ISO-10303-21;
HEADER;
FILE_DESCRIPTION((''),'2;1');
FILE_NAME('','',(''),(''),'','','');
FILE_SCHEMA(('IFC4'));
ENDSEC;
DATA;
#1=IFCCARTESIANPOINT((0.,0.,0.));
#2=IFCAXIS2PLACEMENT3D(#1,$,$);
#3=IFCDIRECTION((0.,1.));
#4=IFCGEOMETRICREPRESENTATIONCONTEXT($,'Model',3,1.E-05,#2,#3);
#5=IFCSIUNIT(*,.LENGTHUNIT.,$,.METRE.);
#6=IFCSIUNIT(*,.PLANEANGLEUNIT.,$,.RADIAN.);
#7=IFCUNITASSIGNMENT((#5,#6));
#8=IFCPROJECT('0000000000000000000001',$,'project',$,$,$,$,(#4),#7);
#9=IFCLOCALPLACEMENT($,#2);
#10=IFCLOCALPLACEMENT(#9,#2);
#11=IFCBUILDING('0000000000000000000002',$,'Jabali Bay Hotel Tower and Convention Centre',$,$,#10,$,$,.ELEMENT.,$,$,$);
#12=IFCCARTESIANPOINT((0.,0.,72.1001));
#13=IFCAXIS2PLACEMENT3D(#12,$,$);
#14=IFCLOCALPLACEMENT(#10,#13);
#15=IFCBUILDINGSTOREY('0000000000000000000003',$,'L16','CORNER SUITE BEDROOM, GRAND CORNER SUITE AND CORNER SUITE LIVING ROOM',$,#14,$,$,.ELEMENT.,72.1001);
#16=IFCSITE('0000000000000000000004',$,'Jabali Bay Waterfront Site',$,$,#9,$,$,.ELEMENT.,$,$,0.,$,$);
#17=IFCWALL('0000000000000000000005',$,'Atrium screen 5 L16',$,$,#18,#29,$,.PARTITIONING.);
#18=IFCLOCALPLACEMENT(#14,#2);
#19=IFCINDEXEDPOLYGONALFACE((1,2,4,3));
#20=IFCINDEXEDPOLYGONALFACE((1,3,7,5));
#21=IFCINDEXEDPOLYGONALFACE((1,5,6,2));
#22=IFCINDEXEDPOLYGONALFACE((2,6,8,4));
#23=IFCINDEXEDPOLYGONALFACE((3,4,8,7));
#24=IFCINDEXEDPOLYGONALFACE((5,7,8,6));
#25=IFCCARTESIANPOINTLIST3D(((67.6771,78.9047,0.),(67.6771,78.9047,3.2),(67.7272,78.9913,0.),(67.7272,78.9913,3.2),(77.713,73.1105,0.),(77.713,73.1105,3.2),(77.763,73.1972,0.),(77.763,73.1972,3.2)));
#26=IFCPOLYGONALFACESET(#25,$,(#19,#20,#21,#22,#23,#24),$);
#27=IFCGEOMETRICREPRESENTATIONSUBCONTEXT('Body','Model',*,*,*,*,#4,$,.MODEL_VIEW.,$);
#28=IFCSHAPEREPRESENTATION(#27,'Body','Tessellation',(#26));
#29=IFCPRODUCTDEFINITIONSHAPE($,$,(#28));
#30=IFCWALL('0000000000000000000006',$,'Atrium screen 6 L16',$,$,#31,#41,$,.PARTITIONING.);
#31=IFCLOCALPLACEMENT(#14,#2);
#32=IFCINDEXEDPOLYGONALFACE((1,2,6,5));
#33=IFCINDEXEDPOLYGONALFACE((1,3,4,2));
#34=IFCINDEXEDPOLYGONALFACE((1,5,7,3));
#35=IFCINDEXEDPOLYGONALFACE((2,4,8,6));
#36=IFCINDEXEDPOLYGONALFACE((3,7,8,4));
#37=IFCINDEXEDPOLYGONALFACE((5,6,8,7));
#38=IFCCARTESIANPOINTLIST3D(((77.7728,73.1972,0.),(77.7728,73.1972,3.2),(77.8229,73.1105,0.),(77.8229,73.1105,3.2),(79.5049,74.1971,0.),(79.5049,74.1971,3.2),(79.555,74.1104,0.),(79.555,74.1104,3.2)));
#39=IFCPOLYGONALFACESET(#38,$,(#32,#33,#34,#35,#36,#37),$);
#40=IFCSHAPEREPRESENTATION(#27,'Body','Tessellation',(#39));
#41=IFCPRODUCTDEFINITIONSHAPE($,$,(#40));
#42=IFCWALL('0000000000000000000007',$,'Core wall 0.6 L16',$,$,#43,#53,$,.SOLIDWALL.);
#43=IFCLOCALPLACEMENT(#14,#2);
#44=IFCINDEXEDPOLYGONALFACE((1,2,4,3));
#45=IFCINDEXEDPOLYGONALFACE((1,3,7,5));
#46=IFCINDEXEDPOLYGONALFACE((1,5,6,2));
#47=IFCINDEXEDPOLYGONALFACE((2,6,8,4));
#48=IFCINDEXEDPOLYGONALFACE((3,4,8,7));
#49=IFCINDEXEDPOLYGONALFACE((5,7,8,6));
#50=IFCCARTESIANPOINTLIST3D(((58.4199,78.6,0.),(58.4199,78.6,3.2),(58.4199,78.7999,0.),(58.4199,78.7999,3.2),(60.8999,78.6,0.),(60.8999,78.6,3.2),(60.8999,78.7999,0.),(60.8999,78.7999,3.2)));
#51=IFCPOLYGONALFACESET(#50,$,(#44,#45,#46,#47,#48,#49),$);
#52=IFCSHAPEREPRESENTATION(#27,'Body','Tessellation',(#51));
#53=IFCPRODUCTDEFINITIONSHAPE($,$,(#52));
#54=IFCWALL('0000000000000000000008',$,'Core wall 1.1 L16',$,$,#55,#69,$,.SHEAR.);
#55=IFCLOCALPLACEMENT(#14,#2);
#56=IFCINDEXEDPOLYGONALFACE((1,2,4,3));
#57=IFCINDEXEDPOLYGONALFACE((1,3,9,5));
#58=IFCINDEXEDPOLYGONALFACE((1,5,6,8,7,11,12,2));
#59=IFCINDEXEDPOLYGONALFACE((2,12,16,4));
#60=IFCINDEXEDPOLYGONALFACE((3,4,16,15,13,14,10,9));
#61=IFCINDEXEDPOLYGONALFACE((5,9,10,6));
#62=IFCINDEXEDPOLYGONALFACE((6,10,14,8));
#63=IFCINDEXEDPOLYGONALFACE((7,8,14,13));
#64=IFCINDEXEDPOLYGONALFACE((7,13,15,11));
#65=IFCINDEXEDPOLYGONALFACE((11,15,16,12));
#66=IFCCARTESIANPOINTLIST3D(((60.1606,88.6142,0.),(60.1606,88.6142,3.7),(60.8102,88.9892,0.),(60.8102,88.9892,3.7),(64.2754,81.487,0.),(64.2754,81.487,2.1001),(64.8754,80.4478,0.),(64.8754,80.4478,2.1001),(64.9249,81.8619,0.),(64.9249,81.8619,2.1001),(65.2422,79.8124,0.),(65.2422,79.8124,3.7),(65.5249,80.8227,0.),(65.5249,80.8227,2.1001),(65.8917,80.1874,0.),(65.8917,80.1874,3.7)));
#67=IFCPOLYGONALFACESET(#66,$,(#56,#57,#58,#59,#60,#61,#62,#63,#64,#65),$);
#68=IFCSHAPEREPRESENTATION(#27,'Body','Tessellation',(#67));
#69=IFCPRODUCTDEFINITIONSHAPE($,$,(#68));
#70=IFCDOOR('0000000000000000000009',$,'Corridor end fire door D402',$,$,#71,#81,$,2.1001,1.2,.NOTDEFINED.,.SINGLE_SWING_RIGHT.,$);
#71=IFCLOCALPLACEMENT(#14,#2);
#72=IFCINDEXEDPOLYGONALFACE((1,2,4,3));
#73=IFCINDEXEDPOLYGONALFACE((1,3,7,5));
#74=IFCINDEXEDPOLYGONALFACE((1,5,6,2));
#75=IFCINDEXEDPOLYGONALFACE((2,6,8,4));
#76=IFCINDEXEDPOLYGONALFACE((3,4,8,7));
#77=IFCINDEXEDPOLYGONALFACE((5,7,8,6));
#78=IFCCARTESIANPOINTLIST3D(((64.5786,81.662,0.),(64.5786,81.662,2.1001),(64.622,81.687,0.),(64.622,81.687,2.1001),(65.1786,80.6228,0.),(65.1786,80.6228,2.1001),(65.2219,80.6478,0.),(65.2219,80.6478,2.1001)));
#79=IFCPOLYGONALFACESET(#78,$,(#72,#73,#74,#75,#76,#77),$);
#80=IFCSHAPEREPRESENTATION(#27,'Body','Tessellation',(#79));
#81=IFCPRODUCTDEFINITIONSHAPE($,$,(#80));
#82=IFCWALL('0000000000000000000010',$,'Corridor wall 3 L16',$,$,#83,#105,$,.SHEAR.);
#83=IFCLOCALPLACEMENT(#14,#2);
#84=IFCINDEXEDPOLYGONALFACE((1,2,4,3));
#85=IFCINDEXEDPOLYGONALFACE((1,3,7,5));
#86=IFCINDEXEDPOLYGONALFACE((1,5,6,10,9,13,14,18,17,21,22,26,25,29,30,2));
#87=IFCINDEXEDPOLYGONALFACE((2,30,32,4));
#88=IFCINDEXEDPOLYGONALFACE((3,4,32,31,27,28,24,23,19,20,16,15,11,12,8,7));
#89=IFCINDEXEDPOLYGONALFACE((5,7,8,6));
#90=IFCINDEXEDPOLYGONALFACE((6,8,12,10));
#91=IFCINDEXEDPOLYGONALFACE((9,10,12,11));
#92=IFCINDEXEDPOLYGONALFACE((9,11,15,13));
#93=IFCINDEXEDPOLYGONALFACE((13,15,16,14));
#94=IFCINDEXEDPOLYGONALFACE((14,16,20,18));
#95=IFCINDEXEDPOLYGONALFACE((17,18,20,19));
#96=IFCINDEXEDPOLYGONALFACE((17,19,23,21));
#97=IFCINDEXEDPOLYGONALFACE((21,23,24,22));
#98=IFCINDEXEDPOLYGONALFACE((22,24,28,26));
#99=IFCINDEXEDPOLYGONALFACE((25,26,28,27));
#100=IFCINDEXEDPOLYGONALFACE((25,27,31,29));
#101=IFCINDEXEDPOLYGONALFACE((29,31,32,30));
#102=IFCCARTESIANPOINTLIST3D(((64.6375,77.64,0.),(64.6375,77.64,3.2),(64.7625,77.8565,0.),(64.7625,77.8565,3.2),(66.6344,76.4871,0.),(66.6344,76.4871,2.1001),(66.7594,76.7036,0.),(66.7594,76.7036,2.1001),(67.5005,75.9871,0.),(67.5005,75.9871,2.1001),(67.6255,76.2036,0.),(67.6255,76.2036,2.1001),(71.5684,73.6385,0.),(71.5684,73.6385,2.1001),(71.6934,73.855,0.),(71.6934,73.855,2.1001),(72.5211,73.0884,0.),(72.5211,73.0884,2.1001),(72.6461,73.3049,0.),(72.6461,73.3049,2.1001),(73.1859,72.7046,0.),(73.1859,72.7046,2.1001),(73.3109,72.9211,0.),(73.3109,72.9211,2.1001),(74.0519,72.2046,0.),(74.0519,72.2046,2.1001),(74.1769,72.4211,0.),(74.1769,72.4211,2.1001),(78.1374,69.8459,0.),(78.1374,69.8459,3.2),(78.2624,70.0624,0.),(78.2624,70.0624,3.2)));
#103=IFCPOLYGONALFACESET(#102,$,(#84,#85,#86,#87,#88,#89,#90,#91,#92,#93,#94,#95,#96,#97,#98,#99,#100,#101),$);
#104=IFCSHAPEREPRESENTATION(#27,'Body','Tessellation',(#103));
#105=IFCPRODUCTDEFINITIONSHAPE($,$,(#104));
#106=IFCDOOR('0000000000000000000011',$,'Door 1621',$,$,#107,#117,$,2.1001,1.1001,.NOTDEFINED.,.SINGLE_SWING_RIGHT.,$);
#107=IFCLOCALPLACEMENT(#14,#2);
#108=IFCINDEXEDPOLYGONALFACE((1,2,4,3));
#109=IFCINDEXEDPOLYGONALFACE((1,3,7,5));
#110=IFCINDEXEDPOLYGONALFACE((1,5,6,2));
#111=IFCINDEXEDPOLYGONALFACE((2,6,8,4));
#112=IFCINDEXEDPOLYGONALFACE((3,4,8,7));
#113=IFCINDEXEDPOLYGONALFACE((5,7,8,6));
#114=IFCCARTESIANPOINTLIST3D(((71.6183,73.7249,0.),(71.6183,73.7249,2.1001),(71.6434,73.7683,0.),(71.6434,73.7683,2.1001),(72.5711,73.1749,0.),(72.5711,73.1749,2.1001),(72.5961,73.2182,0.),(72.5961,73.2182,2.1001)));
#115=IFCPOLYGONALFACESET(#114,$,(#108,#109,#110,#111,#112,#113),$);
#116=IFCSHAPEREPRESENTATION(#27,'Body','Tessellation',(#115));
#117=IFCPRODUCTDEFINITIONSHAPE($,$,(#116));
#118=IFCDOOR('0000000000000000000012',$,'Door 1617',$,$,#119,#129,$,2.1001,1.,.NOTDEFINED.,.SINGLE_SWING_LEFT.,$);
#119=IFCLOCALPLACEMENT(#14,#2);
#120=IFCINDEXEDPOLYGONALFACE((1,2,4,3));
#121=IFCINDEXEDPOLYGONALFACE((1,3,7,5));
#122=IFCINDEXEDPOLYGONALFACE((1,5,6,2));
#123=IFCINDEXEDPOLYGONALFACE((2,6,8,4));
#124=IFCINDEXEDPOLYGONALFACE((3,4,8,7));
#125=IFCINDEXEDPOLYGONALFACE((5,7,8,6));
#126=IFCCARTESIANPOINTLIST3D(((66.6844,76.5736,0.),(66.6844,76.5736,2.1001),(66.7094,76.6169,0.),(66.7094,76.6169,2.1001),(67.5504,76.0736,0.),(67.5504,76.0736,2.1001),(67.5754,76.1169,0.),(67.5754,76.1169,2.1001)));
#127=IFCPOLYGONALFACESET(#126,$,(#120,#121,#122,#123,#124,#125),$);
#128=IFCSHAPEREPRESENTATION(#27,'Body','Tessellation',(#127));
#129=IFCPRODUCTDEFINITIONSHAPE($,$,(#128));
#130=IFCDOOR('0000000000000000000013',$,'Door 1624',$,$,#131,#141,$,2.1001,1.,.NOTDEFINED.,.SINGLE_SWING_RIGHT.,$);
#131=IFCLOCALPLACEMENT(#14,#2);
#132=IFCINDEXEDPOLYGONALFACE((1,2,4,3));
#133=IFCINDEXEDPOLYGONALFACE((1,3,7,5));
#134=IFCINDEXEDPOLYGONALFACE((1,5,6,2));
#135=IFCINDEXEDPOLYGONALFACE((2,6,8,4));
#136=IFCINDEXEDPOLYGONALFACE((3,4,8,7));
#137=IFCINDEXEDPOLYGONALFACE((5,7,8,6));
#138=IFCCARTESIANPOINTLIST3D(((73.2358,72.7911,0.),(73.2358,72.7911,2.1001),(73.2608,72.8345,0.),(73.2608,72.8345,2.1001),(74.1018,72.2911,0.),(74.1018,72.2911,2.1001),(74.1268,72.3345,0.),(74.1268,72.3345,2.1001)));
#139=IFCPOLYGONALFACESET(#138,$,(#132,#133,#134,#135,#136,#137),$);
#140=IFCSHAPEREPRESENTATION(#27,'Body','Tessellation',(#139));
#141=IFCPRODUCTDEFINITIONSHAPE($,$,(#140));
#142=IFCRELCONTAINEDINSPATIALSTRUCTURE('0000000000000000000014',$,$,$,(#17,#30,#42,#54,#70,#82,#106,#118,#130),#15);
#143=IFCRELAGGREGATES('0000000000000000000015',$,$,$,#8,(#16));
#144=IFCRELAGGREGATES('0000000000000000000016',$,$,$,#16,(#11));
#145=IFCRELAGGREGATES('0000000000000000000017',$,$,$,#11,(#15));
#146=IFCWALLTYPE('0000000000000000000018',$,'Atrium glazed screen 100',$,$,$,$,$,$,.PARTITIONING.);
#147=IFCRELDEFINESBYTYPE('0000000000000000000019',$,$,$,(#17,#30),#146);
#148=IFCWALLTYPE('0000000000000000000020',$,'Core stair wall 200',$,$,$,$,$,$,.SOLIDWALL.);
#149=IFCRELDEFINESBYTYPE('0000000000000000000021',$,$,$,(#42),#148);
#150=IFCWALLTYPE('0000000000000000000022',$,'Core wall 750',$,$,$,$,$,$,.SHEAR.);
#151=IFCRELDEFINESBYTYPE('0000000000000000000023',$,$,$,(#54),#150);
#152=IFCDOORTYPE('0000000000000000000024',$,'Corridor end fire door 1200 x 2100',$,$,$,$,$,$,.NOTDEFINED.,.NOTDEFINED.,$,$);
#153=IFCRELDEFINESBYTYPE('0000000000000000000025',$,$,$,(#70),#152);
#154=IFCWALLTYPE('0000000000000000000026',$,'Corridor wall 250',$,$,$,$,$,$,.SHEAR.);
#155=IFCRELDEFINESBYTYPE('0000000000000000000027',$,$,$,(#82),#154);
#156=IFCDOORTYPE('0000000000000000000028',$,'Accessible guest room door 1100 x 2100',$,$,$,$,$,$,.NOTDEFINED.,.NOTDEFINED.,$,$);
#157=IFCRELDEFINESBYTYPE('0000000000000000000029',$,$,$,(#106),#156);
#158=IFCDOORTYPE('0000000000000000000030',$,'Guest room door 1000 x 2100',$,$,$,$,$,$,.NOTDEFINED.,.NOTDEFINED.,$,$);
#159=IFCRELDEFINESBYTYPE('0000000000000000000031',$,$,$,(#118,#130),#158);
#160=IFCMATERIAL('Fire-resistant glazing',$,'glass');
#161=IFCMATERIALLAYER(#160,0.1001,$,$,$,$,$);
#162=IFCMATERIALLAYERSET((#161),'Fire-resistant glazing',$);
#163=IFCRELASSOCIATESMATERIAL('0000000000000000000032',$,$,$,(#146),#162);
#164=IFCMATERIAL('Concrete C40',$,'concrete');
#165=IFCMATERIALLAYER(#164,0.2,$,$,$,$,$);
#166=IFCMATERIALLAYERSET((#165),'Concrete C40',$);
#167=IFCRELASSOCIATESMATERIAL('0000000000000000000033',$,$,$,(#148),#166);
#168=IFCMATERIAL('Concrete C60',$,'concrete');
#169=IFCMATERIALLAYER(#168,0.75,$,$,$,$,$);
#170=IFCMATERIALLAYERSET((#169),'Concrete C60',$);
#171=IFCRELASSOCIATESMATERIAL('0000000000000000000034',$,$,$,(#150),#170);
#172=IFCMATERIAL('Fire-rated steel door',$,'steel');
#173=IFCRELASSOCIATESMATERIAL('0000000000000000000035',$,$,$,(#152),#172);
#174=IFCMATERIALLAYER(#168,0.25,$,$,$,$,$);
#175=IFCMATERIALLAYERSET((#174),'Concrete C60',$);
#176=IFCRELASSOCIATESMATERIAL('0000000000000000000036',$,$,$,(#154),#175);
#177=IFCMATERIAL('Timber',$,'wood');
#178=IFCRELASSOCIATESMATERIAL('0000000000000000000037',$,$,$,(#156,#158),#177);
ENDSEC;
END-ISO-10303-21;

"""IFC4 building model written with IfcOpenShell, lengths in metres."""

from ifc_helpers import new_model, si_unit, direction, frame, frame_2d, origin, place, context, subcontext, project, spatial, rectangle, extrude, material, layer, layer_set, type_object, element, fill, save


model = new_model("IFC4")

# Units and contexts
model_context = context("Model", 3, precision=1e-05, world=origin(), true_north=direction((0.0, 1.0)))
body_context = subcontext(model_context, "Body", "Model", "MODEL_VIEW")
ifc_project = project(units=[si_unit("LENGTHUNIT", "METRE"), si_unit("PLANEANGLEUNIT", "RADIAN")], contexts=[model_context])

# Site, building, storey
site_placement = place(None, origin())
site = spatial("IfcSite", under=ifc_project, at=site_placement, Name="Jabali Bay Waterfront Site", CompositionType="ELEMENT", RefElevation=0.0)
building_placement = place(site_placement, origin())
building = spatial("IfcBuilding", under=site, at=building_placement, Name="Jabali Bay Hotel Tower and Convention Centre", CompositionType="ELEMENT")
storey_placement = place(building_placement, frame((0.0, 0.0, 72.1001)))
storey = spatial("IfcBuildingStorey", under=building, at=storey_placement, Name="L16", Description="CORNER SUITE BEDROOM, GRAND CORNER SUITE AND CORNER SUITE LIVING ROOM", CompositionType="ELEMENT", Elevation=72.1001)

# Walls
ifc_material_1 = material(Name="Fire-resistant glazing", Category="glass")
ifc_layer_1 = layer(ifc_material_1, 0.1001)
ifc_layer_set_1 = layer_set([ifc_layer_1], Name="Fire-resistant glazing")
wall_type_1 = type_object("IfcWallType", Name="Atrium glazed screen 100", PredefinedType="PARTITIONING", material=ifc_layer_set_1)
wall_1_placement = place(storey_placement, frame((67.7021, 78.948, 0.0), z_axis=(0.0, 0.0, 1.0), x_axis=(0.866027, -0.499998, 0.0)))
element("IfcWall", 1, at=wall_1_placement, inside=storey, type_object=wall_type_1, Name="Atrium screen 5 L16", PredefinedType="PARTITIONING", context=body_context, shape_type="SweptSolid", body=[
    extrude(rectangle(XDim=11.5884, YDim=0.1001, at=frame_2d((5.7942, 0.0))), origin(), (0.0, 0.0, 1.0), 3.2),
])
wall_2_placement = place(storey_placement, frame((77.7979, 73.1538, 0.0), z_axis=(0.0, 0.0, 1.0), x_axis=(0.866041, 0.499973, 0.0)))
element("IfcWall", 2, at=wall_2_placement, inside=storey, type_object=wall_type_1, Name="Atrium screen 6 L16", PredefinedType="PARTITIONING", context=body_context, shape_type="SweptSolid", body=[
    extrude(rectangle(XDim=2.0, YDim=0.1001, at=frame_2d((1.0, 0.0))), origin(), (0.0, 0.0, 1.0), 3.2),
])
ifc_material_2 = material(Name="Concrete C40", Category="concrete")
ifc_layer_2 = layer(ifc_material_2, 0.2)
ifc_layer_set_2 = layer_set([ifc_layer_2], Name="Concrete C40")
wall_type_2 = type_object("IfcWallType", Name="Core stair wall 200", PredefinedType="SOLIDWALL", material=ifc_layer_set_2)
wall_3_placement = place(storey_placement, frame((60.8999, 78.7, 0.0), z_axis=(0.0, 0.0, 1.0), x_axis=(-1.0, 0.0, 0.0)))
element("IfcWall", 3, at=wall_3_placement, inside=storey, type_object=wall_type_2, Name="Core wall 0.6 L16", PredefinedType="SOLIDWALL", context=body_context, shape_type="SweptSolid", body=[
    extrude(rectangle(XDim=2.48, YDim=0.2, at=frame_2d((1.24, 0.0))), origin(), (0.0, 0.0, 1.0), 3.2),
])

# Wall, opening, door
ifc_material_3 = material(Name="Concrete C60", Category="concrete")
ifc_layer_3 = layer(ifc_material_3, 0.75)
ifc_layer_set_3 = layer_set([ifc_layer_3], Name="Concrete C60")
wall_type_3 = type_object("IfcWallType", Name="Core wall 750", PredefinedType="SHEAR", material=ifc_layer_set_3)
wall_4_placement = place(storey_placement, frame((65.5669, 80.0, 0.0), z_axis=(0.0, 0.0, 1.0), x_axis=(-0.499989, 0.866032, 0.0)))
wall_4 = element("IfcWall", 4, at=wall_4_placement, inside=storey, type_object=wall_type_3, Name="Core wall 1.1 L16", PredefinedType="SHEAR", context=body_context, shape_type="SweptSolid", body=[
    extrude(rectangle(XDim=10.1633, YDim=0.75, at=frame_2d((5.0815, 0.0))), origin(), (0.0, 0.0, 1.0), 3.7),
])
opening_1_placement = place(wall_4_placement, frame((0.7334, 0.0, 0.0)))
opening_1 = element("IfcOpeningElement", 5, at=opening_1_placement, cuts=wall_4, PredefinedType="OPENING", context=body_context, shape_type="SweptSolid", body=[
    extrude(rectangle(XDim=1.2, YDim=2.1001, at=frame_2d((0.6001, 1.05))), frame((0.0, 0.3855, 0.0), z_axis=(0.0, -1.0, 0.0), x_axis=(1.0, 0.0, 0.0)), (0.0, 0.0, 1.0), 0.771),
])
ifc_material_4 = material(Name="Fire-rated steel door", Category="steel")
door_type_1 = type_object("IfcDoorType", Name="Corridor end fire door 1200 x 2100", OperationType="NOTDEFINED", PredefinedType="NOTDEFINED", material=ifc_material_4)
door_1_placement = place(opening_1_placement, origin())
door_1 = element("IfcDoor", 6, at=door_1_placement, inside=storey, type_object=door_type_1, Name="Corridor end fire door D402", OperationType="SINGLE_SWING_RIGHT", OverallHeight=2.1001, OverallWidth=1.2, PredefinedType="NOTDEFINED", context=body_context, shape_type="SweptSolid", body=[
    extrude(rectangle(XDim=1.2, YDim=2.1001, at=frame_2d((0.6001, 1.05))), frame((0.0, 0.0249, 0.0), z_axis=(0.0, -1.0, 0.0), x_axis=(1.0, 0.0, 0.0)), (0.0, 0.0, 1.0), 0.05),
])
fill(opening_1, door_1)

# Wall, openings, doors
ifc_layer_4 = layer(ifc_material_3, 0.25)
ifc_layer_set_4 = layer_set([ifc_layer_4], Name="Concrete C60")
wall_type_4 = type_object("IfcWallType", Name="Corridor wall 250", PredefinedType="SHEAR", material=ifc_layer_set_4)
wall_5_placement = place(storey_placement, frame((64.7, 77.7483, 0.0), z_axis=(0.0, 0.0, 1.0), x_axis=(0.866026, -0.499998, 0.0)))
wall_5 = element("IfcWall", 7, at=wall_5_placement, inside=storey, type_object=wall_type_4, Name="Corridor wall 3 L16", PredefinedType="SHEAR", context=body_context, shape_type="SweptSolid", body=[
    extrude(rectangle(XDim=15.5884, YDim=0.25, at=frame_2d((7.7942, 0.0))), origin(), (0.0, 0.0, 1.0), 3.2),
])
opening_2_placement = place(wall_5_placement, frame((2.3059, 0.0, 0.0)))
opening_2 = element("IfcOpeningElement", 8, at=opening_2_placement, cuts=wall_5, PredefinedType="OPENING", context=body_context, shape_type="SweptSolid", body=[
    extrude(rectangle(XDim=1.0, YDim=2.1001, at=frame_2d((0.5, 1.05))), frame((0.0, 0.1355, 0.0), z_axis=(0.0, -1.0, 0.0), x_axis=(1.0, 0.0, 0.0)), (0.0, 0.0, 1.0), 0.271),
])
opening_3_placement = place(wall_5_placement, frame((8.0032, 0.0, 0.0)))
opening_3 = element("IfcOpeningElement", 9, at=opening_3_placement, cuts=wall_5, PredefinedType="OPENING", context=body_context, shape_type="SweptSolid", body=[
    extrude(rectangle(XDim=1.1001, YDim=2.1001, at=frame_2d((0.55, 1.05))), frame((0.0, 0.1355, 0.0), z_axis=(0.0, -1.0, 0.0), x_axis=(1.0, 0.0, 0.0)), (0.0, 0.0, 1.0), 0.271),
])
opening_4_placement = place(wall_5_placement, frame((9.8708, 0.0, 0.0)))
opening_4 = element("IfcOpeningElement", 10, at=opening_4_placement, cuts=wall_5, PredefinedType="OPENING", context=body_context, shape_type="SweptSolid", body=[
    extrude(rectangle(XDim=1.0, YDim=2.1001, at=frame_2d((0.5, 1.05))), frame((0.0, 0.1355, 0.0), z_axis=(0.0, -1.0, 0.0), x_axis=(1.0, 0.0, 0.0)), (0.0, 0.0, 1.0), 0.271),
])
ifc_material_5 = material(Name="Timber", Category="wood")
door_type_2 = type_object("IfcDoorType", Name="Accessible guest room door 1100 x 2100", OperationType="NOTDEFINED", PredefinedType="NOTDEFINED", material=ifc_material_5)
door_2_placement = place(opening_3_placement, origin())
door_2 = element("IfcDoor", 11, at=door_2_placement, inside=storey, type_object=door_type_2, Name="Door 1621", OperationType="SINGLE_SWING_RIGHT", OverallHeight=2.1001, OverallWidth=1.1001, PredefinedType="NOTDEFINED", context=body_context, shape_type="SweptSolid", body=[
    extrude(rectangle(XDim=1.1001, YDim=2.1001, at=frame_2d((0.55, 1.05))), frame((0.0, 0.0249, 0.0), z_axis=(0.0, -1.0, 0.0), x_axis=(1.0, 0.0, 0.0)), (0.0, 0.0, 1.0), 0.05),
])
fill(opening_3, door_2)
door_type_3 = type_object("IfcDoorType", Name="Guest room door 1000 x 2100", OperationType="NOTDEFINED", PredefinedType="NOTDEFINED", material=ifc_material_5)
door_3_placement = place(opening_2_placement, origin())
door_3 = element("IfcDoor", 12, at=door_3_placement, inside=storey, type_object=door_type_3, Name="Door 1617", OperationType="SINGLE_SWING_LEFT", OverallHeight=2.1001, OverallWidth=1.0, PredefinedType="NOTDEFINED", context=body_context, shape_type="SweptSolid", body=[
    extrude(rectangle(XDim=1.0, YDim=2.1001, at=frame_2d((0.5, 1.05))), frame((0.0, 0.0249, 0.0), z_axis=(0.0, -1.0, 0.0), x_axis=(1.0, 0.0, 0.0)), (0.0, 0.0, 1.0), 0.05),
])
fill(opening_2, door_3)
door_4_placement = place(opening_4_placement, origin())
door_4 = element("IfcDoor", 13, at=door_4_placement, inside=storey, type_object=door_type_3, Name="Door 1624", OperationType="SINGLE_SWING_RIGHT", OverallHeight=2.1001, OverallWidth=1.0, PredefinedType="NOTDEFINED", context=body_context, shape_type="SweptSolid", body=[
    extrude(rectangle(XDim=1.0, YDim=2.1001, at=frame_2d((0.5, 1.05))), frame((0.0, 0.0249, 0.0), z_axis=(0.0, -1.0, 0.0), x_axis=(1.0, 0.0, 0.0)), (0.0, 0.0, 1.0), 0.05),
])
fill(opening_4, door_4)

save(model, "model.ifc")
